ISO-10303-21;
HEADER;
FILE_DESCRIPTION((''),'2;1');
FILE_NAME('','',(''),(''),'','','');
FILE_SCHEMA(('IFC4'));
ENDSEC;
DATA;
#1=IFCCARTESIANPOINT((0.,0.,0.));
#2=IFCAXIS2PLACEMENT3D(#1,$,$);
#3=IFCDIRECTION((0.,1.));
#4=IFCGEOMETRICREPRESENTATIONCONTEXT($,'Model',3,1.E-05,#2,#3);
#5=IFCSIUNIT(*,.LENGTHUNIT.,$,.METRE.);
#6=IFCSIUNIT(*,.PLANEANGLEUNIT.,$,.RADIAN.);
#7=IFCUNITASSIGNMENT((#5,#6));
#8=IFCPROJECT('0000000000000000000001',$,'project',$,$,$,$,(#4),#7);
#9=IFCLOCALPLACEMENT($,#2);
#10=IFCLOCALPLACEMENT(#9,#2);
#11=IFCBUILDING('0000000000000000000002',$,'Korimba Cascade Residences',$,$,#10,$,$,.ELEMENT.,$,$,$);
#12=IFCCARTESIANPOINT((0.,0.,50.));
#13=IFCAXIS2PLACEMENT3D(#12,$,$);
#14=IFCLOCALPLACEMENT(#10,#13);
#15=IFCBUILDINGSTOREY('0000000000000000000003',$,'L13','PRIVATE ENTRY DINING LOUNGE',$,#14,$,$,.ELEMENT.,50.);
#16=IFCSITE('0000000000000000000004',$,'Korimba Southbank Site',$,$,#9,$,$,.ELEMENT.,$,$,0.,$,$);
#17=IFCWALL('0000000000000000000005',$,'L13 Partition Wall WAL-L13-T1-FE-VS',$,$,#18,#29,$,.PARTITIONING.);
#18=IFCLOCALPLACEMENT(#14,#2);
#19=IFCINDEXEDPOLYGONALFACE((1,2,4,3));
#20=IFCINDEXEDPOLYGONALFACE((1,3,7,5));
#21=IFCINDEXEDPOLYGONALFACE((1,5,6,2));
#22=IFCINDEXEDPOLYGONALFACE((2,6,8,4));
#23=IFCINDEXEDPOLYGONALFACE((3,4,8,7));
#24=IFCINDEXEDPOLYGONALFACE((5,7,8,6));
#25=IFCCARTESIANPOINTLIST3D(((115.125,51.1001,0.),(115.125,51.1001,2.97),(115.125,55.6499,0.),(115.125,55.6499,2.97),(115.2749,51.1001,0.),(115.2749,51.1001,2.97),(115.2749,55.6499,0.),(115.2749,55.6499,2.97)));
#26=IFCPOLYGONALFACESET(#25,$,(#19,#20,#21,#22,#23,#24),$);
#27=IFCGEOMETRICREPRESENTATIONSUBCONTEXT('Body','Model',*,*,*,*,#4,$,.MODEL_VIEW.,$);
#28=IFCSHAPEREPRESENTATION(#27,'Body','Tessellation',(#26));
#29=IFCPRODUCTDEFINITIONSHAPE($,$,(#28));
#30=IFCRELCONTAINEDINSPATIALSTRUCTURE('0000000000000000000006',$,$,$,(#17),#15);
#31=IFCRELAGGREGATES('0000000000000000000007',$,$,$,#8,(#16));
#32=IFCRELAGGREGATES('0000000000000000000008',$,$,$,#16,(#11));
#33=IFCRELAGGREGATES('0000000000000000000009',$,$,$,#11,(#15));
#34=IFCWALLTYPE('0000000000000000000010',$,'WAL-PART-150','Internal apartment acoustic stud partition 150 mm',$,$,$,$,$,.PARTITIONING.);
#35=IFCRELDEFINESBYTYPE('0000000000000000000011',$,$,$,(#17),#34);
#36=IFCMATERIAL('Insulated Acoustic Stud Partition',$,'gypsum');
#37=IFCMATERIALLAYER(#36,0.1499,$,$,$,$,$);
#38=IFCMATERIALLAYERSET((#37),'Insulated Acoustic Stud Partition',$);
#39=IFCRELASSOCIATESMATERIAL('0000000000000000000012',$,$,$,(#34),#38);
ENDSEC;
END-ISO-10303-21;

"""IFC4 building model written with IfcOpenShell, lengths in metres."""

from ifc_helpers import new_model, si_unit, direction, frame, frame_2d, origin, place, context, subcontext, project, spatial, rectangle, extrude, material, layer, layer_set, type_object, element, save


model = new_model("IFC4")

# Units and contexts
model_context = context("Model", 3, precision=1e-05, world=origin(), true_north=direction((0.0, 1.0)))
body_context = subcontext(model_context, "Body", "Model", "MODEL_VIEW")
ifc_project = project(units=[si_unit("LENGTHUNIT", "METRE"), si_unit("PLANEANGLEUNIT", "RADIAN")], contexts=[model_context])

# Site, building, storey
site_placement = place(None, origin())
site = spatial("IfcSite", under=ifc_project, at=site_placement, Name="Korimba Southbank Site", CompositionType="ELEMENT", RefElevation=0.0)
building_placement = place(site_placement, origin())
building = spatial("IfcBuilding", under=site, at=building_placement, Name="Korimba Cascade Residences", CompositionType="ELEMENT")
storey_placement = place(building_placement, frame((0.0, 0.0, 50.0)))
storey = spatial("IfcBuildingStorey", under=building, at=storey_placement, Name="L13", Description="PRIVATE ENTRY DINING LOUNGE", CompositionType="ELEMENT", Elevation=50.0)

# Shared definitions
ifc_material_1 = material(Name="Insulated Acoustic Stud Partition", Category="gypsum")
ifc_layer_1 = layer(ifc_material_1, 0.1499)
ifc_layer_set_1 = layer_set([ifc_layer_1], Name="Insulated Acoustic Stud Partition")
wall_type_1 = type_object("IfcWallType", Name="WAL-PART-150", Description="Internal apartment acoustic stud partition 150 mm", PredefinedType="PARTITIONING", material=ifc_layer_set_1)

# Wall
wall_1_placement = place(storey_placement, frame((115.2, 51.1001, 0.0), z_axis=(0.0, 0.0, 1.0), x_axis=(0.0, 1.0, 0.0)))
element("IfcWall", 1, at=wall_1_placement, inside=storey, type_object=wall_type_1, Name="L13 Partition Wall WAL-L13-T1-FE-VS", PredefinedType="PARTITIONING", context=body_context, shape_type="SweptSolid", body=[
    extrude(rectangle(XDim=4.5498, YDim=0.1499, at=frame_2d((2.2749, 0.0))), origin(), (0.0, 0.0, 1.0), 2.97),
])

save(model, "model.ifc")
